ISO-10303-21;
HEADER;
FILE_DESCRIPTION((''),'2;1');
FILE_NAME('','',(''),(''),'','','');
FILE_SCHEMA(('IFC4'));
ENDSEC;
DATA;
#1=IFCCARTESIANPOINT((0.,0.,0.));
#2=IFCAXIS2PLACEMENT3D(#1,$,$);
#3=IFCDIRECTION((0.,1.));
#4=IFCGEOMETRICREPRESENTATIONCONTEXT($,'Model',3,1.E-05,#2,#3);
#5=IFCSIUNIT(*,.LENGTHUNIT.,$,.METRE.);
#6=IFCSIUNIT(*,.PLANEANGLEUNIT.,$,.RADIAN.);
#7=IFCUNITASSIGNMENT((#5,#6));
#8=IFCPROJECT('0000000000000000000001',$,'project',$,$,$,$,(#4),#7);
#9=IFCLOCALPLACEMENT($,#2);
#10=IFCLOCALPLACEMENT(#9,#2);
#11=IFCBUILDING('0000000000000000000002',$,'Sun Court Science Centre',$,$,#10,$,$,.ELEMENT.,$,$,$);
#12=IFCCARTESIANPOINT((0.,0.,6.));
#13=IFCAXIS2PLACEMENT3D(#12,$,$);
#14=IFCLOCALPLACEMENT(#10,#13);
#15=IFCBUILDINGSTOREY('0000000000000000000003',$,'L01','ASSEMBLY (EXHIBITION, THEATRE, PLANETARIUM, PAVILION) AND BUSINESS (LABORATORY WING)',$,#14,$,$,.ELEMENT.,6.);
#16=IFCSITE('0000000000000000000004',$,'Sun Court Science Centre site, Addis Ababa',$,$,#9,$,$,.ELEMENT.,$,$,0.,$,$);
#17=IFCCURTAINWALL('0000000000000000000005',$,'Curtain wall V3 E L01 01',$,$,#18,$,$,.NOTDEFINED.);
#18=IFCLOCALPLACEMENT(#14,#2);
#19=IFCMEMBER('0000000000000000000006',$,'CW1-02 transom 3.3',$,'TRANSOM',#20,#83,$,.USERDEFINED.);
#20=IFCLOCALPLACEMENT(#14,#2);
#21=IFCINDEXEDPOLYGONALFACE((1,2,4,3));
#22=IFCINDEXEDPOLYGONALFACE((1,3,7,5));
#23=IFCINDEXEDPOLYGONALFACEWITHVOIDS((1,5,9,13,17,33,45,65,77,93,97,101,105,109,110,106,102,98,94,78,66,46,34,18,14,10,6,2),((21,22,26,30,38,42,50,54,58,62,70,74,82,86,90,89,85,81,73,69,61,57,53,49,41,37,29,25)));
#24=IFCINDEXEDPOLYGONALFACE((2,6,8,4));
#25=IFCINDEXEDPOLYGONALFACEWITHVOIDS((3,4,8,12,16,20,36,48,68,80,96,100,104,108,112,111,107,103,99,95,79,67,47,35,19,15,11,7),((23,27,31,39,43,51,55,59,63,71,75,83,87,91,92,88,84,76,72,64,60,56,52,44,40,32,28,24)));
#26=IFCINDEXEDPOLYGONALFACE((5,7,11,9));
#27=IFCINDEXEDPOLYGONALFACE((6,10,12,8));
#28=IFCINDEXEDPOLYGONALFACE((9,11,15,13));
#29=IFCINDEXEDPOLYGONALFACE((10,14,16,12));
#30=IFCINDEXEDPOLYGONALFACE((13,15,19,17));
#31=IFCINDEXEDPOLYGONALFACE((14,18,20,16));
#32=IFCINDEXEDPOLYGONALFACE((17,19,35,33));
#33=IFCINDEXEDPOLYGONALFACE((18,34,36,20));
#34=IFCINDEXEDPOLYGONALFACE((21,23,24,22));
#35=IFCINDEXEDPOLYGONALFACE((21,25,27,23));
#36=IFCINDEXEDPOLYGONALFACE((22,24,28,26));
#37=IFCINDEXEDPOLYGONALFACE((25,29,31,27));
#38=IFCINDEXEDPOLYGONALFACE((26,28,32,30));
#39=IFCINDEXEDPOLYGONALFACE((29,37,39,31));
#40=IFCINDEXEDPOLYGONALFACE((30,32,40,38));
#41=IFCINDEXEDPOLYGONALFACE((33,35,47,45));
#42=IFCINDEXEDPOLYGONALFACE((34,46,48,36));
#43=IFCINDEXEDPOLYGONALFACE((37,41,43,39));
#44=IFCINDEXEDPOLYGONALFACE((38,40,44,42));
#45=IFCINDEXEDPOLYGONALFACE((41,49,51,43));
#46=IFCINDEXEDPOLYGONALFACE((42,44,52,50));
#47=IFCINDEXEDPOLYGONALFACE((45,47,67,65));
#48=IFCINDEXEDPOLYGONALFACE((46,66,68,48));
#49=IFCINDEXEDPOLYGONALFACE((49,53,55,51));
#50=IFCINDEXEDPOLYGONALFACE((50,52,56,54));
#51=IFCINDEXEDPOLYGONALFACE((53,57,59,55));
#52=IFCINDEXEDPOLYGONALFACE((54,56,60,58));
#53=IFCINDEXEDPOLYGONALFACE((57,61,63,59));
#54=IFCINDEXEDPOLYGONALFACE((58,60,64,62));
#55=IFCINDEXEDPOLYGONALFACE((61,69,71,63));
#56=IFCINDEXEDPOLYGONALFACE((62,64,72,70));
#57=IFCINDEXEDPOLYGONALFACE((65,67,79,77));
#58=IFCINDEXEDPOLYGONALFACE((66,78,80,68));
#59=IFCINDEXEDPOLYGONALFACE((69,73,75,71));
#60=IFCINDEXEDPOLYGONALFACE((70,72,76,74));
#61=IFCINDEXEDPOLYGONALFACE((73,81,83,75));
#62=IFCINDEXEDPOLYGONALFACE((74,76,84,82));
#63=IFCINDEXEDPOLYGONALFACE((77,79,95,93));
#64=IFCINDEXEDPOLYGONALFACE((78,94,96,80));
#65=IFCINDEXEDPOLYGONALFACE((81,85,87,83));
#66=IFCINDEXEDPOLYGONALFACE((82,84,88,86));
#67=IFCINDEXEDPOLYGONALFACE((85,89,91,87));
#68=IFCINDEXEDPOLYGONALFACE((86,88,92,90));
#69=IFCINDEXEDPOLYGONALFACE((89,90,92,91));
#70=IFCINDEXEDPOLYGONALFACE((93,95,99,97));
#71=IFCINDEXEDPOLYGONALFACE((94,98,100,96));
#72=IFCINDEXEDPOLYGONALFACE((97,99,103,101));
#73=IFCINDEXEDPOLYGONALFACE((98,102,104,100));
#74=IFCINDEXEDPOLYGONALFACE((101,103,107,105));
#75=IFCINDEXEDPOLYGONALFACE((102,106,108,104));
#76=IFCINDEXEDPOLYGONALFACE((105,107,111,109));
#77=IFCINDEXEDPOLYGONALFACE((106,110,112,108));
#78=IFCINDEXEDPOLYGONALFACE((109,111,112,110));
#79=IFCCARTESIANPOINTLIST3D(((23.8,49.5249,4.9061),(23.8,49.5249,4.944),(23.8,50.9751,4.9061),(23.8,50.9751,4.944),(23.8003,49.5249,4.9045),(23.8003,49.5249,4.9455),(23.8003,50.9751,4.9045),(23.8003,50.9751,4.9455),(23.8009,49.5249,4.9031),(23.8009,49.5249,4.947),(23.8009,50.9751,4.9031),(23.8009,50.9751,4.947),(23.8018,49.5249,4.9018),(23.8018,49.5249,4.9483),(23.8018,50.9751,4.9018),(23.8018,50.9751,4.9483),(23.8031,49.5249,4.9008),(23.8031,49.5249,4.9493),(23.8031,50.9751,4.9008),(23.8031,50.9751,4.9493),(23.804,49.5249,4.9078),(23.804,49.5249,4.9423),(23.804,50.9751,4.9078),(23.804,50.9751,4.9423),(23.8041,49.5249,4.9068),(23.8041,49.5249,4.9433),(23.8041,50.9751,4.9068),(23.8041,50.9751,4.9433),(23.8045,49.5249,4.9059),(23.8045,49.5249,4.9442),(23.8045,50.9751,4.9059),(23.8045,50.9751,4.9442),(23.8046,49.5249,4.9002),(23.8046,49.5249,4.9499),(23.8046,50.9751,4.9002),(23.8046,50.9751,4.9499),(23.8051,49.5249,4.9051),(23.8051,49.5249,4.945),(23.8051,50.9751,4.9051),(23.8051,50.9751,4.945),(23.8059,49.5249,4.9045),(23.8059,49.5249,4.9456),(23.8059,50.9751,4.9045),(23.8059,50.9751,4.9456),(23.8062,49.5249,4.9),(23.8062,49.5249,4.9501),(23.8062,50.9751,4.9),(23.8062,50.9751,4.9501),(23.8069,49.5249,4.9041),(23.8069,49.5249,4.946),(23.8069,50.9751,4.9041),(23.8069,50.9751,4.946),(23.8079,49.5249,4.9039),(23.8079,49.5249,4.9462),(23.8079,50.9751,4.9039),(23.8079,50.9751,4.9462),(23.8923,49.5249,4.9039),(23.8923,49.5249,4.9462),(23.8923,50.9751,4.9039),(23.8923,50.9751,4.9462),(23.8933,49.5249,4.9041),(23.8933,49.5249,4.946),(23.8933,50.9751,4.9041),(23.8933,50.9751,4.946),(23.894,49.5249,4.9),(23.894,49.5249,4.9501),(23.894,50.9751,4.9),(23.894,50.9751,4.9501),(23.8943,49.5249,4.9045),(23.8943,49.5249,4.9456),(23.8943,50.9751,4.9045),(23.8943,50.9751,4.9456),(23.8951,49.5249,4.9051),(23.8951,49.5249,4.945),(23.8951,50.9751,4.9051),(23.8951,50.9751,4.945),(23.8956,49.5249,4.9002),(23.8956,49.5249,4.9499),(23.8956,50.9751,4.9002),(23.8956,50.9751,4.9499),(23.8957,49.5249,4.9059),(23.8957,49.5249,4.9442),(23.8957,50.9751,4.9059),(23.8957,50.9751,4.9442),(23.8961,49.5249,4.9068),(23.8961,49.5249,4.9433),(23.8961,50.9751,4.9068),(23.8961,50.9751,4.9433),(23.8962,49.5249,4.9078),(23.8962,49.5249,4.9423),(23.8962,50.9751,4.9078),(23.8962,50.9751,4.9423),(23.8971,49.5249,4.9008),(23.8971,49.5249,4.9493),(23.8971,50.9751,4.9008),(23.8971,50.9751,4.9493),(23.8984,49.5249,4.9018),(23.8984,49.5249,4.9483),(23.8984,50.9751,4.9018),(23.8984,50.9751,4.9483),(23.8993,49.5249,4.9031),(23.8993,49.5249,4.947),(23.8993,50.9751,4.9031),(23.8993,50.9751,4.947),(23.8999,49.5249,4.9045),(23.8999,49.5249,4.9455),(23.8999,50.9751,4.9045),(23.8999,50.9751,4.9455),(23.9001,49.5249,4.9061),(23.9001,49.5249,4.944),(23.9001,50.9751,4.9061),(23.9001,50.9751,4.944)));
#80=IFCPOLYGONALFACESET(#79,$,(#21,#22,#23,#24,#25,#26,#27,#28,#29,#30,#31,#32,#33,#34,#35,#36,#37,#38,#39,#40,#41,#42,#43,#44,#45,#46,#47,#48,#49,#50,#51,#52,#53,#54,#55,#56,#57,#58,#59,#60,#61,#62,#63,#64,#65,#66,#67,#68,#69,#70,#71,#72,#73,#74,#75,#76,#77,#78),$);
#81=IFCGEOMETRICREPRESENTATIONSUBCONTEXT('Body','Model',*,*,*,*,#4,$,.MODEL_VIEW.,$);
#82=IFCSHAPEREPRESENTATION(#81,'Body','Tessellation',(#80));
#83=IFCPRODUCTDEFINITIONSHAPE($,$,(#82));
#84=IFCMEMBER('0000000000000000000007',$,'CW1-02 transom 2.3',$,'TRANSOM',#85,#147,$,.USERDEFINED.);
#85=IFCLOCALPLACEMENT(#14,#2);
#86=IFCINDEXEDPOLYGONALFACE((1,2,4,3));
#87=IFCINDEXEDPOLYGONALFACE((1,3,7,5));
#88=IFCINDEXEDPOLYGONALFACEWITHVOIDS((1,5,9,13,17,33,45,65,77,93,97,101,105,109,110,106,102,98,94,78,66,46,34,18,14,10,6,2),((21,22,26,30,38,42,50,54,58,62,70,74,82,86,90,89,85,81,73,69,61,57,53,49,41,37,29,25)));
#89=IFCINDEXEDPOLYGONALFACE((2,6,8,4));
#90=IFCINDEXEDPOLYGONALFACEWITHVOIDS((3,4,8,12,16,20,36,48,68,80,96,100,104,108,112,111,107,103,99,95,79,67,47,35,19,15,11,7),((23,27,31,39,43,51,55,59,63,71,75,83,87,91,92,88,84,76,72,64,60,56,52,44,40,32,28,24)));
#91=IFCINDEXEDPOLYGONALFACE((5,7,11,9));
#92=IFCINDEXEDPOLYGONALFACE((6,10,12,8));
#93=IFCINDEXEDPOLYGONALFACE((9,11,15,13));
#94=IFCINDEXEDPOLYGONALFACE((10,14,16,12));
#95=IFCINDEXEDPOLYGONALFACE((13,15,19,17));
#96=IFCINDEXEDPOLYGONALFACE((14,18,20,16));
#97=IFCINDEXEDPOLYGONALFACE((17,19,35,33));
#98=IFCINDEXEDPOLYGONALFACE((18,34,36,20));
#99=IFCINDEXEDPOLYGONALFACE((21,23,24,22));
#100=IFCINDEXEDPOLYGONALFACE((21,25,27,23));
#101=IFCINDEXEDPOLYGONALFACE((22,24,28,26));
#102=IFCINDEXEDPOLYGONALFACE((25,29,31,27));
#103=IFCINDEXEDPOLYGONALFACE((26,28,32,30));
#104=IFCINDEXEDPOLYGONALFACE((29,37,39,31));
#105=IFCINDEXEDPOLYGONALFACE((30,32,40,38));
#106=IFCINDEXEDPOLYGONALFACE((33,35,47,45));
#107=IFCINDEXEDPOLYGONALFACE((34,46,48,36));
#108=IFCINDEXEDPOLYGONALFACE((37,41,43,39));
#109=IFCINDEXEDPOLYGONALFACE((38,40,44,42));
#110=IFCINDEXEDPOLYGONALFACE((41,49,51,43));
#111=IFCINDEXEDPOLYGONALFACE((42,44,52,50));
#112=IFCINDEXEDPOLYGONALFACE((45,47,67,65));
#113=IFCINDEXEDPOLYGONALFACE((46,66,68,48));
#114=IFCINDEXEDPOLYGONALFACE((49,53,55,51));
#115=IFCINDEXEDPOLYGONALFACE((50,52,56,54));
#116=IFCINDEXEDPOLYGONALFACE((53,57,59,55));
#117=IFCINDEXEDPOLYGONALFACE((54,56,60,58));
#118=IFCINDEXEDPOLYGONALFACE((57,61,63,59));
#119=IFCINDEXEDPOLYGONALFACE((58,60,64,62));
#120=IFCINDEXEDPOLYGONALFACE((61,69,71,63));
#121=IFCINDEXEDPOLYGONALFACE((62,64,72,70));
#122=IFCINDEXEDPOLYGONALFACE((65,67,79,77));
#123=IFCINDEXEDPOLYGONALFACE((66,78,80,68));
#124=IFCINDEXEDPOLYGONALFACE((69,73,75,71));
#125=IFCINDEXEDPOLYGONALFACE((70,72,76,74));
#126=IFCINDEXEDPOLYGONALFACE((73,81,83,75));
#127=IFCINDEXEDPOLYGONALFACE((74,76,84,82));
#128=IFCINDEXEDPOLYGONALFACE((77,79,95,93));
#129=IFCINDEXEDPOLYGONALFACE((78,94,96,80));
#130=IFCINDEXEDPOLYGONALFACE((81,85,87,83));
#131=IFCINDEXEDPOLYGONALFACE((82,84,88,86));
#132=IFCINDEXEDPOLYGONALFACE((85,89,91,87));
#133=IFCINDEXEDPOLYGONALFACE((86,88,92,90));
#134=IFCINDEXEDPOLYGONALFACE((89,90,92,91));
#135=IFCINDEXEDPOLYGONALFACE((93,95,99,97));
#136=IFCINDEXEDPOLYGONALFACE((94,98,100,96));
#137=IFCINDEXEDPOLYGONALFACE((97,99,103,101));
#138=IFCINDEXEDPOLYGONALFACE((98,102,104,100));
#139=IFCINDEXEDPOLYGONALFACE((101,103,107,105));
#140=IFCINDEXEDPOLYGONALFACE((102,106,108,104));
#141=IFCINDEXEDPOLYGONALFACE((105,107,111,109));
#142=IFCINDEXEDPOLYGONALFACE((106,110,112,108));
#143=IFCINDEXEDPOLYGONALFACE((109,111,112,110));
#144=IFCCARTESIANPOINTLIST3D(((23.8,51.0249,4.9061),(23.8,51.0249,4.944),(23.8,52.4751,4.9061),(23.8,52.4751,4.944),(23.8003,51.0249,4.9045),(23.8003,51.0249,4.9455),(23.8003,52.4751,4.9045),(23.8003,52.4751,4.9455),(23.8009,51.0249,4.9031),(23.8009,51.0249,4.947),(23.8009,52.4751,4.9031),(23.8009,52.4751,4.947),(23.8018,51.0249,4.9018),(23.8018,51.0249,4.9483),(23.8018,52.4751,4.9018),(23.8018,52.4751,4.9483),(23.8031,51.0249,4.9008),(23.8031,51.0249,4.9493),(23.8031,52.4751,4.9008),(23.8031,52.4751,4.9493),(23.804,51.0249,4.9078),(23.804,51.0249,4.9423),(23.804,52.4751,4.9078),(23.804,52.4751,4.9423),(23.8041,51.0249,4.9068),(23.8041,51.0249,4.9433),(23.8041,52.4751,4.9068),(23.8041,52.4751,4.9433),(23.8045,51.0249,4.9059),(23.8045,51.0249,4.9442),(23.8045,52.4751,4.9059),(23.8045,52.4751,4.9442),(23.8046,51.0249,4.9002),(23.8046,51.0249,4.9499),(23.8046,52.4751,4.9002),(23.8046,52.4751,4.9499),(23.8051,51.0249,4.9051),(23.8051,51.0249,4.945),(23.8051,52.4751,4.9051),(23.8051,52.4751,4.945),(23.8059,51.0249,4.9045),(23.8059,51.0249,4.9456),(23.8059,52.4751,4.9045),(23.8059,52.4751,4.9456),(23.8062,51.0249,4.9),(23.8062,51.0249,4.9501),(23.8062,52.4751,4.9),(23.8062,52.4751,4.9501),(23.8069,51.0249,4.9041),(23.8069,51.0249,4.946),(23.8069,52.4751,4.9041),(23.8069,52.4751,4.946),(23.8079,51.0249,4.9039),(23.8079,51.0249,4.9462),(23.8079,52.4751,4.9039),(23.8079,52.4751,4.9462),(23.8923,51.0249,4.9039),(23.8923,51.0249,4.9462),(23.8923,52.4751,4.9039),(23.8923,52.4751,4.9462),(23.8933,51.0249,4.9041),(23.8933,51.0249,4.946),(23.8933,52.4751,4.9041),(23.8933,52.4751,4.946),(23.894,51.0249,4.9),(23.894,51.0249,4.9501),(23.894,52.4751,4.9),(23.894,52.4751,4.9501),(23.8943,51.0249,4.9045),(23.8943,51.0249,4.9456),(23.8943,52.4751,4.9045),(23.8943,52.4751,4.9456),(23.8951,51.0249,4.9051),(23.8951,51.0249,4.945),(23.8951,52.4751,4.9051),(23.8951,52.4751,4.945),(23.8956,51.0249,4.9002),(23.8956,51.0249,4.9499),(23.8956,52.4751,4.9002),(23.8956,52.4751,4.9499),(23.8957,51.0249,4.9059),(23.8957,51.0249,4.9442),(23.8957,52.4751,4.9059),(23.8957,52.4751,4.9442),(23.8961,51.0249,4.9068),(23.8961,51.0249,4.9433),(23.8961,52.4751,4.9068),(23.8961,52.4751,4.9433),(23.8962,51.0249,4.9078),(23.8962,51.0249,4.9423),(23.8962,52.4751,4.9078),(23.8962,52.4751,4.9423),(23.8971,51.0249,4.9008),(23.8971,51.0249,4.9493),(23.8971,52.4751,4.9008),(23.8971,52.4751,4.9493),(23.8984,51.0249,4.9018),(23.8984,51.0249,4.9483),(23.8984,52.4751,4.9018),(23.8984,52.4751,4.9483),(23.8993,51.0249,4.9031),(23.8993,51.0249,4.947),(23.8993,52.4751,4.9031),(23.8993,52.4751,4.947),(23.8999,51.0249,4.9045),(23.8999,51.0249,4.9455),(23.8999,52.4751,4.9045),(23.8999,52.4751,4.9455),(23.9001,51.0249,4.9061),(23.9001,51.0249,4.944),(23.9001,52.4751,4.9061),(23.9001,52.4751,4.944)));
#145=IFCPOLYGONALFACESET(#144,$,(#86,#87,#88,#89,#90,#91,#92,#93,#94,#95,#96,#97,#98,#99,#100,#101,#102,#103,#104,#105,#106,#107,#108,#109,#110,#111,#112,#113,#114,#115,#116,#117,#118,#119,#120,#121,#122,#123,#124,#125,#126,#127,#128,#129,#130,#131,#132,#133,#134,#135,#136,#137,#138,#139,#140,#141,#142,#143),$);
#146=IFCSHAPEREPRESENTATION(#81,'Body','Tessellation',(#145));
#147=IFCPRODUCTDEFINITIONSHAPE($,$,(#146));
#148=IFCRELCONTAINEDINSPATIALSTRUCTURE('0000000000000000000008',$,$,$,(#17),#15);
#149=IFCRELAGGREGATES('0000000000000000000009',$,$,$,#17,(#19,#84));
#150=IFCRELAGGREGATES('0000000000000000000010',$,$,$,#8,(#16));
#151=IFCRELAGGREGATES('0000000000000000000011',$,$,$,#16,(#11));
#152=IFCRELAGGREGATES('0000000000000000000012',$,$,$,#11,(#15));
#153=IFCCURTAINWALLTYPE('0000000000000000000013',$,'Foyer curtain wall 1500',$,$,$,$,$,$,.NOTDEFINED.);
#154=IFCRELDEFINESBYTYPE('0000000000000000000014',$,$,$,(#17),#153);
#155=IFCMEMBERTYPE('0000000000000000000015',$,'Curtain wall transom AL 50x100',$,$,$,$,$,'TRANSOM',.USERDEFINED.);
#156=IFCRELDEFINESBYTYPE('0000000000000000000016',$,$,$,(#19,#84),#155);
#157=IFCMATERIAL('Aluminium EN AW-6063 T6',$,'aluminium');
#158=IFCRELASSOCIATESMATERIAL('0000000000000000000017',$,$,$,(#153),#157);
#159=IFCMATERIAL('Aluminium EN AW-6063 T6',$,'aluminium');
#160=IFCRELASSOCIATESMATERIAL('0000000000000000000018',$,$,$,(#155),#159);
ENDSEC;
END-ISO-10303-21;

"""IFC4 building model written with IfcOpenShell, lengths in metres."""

from ifc_helpers import new_model, si_unit, direction, frame, origin, origin_2d, place, context, subcontext, project, spatial, hollow_rectangle, extrude, material, material_profile, profile_set, type_object, element, aggregate, save


model = new_model("IFC4")

# Units and contexts
model_context = context("Model", 3, precision=1e-05, world=origin(), true_north=direction((0.0, 1.0)))
body_context = subcontext(model_context, "Body", "Model", "MODEL_VIEW")
ifc_project = project(units=[si_unit("LENGTHUNIT", "METRE"), si_unit("PLANEANGLEUNIT", "RADIAN")], contexts=[model_context])

# Site, building, storey
site_placement = place(None, origin())
site = spatial("IfcSite", under=ifc_project, at=site_placement, Name="Sun Court Science Centre site, Addis Ababa", CompositionType="ELEMENT", RefElevation=0.0)
building_placement = place(site_placement, origin())
building = spatial("IfcBuilding", under=site, at=building_placement, Name="Sun Court Science Centre", CompositionType="ELEMENT")
storey_placement = place(building_placement, frame((0.0, 0.0, 6.0)))
storey = spatial("IfcBuildingStorey", under=building, at=storey_placement, Name="L01", Description="ASSEMBLY (EXHIBITION, THEATRE, PLANETARIUM, PAVILION) AND BUSINESS (LABORATORY WING)", CompositionType="ELEMENT", Elevation=6.0)

# Curtain wall
ifc_material_1 = material(Name="Aluminium EN AW-6063 T6", Category="aluminium")
curtain_wall_type_1 = type_object("IfcCurtainWallType", Name="Foyer curtain wall 1500", PredefinedType="NOTDEFINED", material=ifc_material_1)
curtain_wall_1_placement = place(storey_placement, origin())
curtain_wall_1 = element("IfcCurtainWall", 1, at=curtain_wall_1_placement, inside=storey, type_object=curtain_wall_type_1, Name="Curtain wall V3 E L01 01", PredefinedType="NOTDEFINED")

# Members
ifc_material_2 = material(Name="Aluminium EN AW-6063 T6", Category="aluminium")
ifc_material_profile_1 = material_profile(ifc_material_2, hollow_rectangle(XDim=0.05, YDim=0.1001, WallThickness=0.0039, InnerFilletRadius=0.0039, OuterFilletRadius=0.0061, at=origin_2d()), Name="AL 50x100x4")
ifc_profile_set_1 = profile_set([ifc_material_profile_1], Name="Aluminium EN AW-6063 T6")
member_type_1 = type_object("IfcMemberType", Name="Curtain wall transom AL 50x100", ElementType="TRANSOM", PredefinedType="USERDEFINED", material=ifc_profile_set_1)
member_1_placement = place(storey_placement, frame((23.8501, 50.9751, 4.925), z_axis=(0.0, -1.0, 0.0), x_axis=(0.0, 0.0, 1.0)))
member_1 = element("IfcMember", 2, at=member_1_placement, type_object=member_type_1, Name="CW1-02 transom 3.3", ObjectType="TRANSOM", PredefinedType="USERDEFINED", context=body_context, shape_type="SweptSolid", body=[
    extrude(hollow_rectangle(XDim=0.05, YDim=0.1001, WallThickness=0.0039, InnerFilletRadius=0.0039, OuterFilletRadius=0.0061, at=origin_2d()), origin(), (0.0, 0.0, 1.0), 1.4502),
])
member_2_placement = place(storey_placement, frame((23.8501, 52.4751, 4.925), z_axis=(0.0, -1.0, 0.0), x_axis=(0.0, 0.0, 1.0)))
member_2 = element("IfcMember", 3, at=member_2_placement, type_object=member_type_1, Name="CW1-02 transom 2.3", ObjectType="TRANSOM", PredefinedType="USERDEFINED", context=body_context, shape_type="SweptSolid", body=[
    extrude(hollow_rectangle(XDim=0.05, YDim=0.1001, WallThickness=0.0039, InnerFilletRadius=0.0039, OuterFilletRadius=0.0061, at=origin_2d()), origin(), (0.0, 0.0, 1.0), 1.4502),
])

aggregate(curtain_wall_1, [member_1, member_2])

save(model, "model.ifc")
